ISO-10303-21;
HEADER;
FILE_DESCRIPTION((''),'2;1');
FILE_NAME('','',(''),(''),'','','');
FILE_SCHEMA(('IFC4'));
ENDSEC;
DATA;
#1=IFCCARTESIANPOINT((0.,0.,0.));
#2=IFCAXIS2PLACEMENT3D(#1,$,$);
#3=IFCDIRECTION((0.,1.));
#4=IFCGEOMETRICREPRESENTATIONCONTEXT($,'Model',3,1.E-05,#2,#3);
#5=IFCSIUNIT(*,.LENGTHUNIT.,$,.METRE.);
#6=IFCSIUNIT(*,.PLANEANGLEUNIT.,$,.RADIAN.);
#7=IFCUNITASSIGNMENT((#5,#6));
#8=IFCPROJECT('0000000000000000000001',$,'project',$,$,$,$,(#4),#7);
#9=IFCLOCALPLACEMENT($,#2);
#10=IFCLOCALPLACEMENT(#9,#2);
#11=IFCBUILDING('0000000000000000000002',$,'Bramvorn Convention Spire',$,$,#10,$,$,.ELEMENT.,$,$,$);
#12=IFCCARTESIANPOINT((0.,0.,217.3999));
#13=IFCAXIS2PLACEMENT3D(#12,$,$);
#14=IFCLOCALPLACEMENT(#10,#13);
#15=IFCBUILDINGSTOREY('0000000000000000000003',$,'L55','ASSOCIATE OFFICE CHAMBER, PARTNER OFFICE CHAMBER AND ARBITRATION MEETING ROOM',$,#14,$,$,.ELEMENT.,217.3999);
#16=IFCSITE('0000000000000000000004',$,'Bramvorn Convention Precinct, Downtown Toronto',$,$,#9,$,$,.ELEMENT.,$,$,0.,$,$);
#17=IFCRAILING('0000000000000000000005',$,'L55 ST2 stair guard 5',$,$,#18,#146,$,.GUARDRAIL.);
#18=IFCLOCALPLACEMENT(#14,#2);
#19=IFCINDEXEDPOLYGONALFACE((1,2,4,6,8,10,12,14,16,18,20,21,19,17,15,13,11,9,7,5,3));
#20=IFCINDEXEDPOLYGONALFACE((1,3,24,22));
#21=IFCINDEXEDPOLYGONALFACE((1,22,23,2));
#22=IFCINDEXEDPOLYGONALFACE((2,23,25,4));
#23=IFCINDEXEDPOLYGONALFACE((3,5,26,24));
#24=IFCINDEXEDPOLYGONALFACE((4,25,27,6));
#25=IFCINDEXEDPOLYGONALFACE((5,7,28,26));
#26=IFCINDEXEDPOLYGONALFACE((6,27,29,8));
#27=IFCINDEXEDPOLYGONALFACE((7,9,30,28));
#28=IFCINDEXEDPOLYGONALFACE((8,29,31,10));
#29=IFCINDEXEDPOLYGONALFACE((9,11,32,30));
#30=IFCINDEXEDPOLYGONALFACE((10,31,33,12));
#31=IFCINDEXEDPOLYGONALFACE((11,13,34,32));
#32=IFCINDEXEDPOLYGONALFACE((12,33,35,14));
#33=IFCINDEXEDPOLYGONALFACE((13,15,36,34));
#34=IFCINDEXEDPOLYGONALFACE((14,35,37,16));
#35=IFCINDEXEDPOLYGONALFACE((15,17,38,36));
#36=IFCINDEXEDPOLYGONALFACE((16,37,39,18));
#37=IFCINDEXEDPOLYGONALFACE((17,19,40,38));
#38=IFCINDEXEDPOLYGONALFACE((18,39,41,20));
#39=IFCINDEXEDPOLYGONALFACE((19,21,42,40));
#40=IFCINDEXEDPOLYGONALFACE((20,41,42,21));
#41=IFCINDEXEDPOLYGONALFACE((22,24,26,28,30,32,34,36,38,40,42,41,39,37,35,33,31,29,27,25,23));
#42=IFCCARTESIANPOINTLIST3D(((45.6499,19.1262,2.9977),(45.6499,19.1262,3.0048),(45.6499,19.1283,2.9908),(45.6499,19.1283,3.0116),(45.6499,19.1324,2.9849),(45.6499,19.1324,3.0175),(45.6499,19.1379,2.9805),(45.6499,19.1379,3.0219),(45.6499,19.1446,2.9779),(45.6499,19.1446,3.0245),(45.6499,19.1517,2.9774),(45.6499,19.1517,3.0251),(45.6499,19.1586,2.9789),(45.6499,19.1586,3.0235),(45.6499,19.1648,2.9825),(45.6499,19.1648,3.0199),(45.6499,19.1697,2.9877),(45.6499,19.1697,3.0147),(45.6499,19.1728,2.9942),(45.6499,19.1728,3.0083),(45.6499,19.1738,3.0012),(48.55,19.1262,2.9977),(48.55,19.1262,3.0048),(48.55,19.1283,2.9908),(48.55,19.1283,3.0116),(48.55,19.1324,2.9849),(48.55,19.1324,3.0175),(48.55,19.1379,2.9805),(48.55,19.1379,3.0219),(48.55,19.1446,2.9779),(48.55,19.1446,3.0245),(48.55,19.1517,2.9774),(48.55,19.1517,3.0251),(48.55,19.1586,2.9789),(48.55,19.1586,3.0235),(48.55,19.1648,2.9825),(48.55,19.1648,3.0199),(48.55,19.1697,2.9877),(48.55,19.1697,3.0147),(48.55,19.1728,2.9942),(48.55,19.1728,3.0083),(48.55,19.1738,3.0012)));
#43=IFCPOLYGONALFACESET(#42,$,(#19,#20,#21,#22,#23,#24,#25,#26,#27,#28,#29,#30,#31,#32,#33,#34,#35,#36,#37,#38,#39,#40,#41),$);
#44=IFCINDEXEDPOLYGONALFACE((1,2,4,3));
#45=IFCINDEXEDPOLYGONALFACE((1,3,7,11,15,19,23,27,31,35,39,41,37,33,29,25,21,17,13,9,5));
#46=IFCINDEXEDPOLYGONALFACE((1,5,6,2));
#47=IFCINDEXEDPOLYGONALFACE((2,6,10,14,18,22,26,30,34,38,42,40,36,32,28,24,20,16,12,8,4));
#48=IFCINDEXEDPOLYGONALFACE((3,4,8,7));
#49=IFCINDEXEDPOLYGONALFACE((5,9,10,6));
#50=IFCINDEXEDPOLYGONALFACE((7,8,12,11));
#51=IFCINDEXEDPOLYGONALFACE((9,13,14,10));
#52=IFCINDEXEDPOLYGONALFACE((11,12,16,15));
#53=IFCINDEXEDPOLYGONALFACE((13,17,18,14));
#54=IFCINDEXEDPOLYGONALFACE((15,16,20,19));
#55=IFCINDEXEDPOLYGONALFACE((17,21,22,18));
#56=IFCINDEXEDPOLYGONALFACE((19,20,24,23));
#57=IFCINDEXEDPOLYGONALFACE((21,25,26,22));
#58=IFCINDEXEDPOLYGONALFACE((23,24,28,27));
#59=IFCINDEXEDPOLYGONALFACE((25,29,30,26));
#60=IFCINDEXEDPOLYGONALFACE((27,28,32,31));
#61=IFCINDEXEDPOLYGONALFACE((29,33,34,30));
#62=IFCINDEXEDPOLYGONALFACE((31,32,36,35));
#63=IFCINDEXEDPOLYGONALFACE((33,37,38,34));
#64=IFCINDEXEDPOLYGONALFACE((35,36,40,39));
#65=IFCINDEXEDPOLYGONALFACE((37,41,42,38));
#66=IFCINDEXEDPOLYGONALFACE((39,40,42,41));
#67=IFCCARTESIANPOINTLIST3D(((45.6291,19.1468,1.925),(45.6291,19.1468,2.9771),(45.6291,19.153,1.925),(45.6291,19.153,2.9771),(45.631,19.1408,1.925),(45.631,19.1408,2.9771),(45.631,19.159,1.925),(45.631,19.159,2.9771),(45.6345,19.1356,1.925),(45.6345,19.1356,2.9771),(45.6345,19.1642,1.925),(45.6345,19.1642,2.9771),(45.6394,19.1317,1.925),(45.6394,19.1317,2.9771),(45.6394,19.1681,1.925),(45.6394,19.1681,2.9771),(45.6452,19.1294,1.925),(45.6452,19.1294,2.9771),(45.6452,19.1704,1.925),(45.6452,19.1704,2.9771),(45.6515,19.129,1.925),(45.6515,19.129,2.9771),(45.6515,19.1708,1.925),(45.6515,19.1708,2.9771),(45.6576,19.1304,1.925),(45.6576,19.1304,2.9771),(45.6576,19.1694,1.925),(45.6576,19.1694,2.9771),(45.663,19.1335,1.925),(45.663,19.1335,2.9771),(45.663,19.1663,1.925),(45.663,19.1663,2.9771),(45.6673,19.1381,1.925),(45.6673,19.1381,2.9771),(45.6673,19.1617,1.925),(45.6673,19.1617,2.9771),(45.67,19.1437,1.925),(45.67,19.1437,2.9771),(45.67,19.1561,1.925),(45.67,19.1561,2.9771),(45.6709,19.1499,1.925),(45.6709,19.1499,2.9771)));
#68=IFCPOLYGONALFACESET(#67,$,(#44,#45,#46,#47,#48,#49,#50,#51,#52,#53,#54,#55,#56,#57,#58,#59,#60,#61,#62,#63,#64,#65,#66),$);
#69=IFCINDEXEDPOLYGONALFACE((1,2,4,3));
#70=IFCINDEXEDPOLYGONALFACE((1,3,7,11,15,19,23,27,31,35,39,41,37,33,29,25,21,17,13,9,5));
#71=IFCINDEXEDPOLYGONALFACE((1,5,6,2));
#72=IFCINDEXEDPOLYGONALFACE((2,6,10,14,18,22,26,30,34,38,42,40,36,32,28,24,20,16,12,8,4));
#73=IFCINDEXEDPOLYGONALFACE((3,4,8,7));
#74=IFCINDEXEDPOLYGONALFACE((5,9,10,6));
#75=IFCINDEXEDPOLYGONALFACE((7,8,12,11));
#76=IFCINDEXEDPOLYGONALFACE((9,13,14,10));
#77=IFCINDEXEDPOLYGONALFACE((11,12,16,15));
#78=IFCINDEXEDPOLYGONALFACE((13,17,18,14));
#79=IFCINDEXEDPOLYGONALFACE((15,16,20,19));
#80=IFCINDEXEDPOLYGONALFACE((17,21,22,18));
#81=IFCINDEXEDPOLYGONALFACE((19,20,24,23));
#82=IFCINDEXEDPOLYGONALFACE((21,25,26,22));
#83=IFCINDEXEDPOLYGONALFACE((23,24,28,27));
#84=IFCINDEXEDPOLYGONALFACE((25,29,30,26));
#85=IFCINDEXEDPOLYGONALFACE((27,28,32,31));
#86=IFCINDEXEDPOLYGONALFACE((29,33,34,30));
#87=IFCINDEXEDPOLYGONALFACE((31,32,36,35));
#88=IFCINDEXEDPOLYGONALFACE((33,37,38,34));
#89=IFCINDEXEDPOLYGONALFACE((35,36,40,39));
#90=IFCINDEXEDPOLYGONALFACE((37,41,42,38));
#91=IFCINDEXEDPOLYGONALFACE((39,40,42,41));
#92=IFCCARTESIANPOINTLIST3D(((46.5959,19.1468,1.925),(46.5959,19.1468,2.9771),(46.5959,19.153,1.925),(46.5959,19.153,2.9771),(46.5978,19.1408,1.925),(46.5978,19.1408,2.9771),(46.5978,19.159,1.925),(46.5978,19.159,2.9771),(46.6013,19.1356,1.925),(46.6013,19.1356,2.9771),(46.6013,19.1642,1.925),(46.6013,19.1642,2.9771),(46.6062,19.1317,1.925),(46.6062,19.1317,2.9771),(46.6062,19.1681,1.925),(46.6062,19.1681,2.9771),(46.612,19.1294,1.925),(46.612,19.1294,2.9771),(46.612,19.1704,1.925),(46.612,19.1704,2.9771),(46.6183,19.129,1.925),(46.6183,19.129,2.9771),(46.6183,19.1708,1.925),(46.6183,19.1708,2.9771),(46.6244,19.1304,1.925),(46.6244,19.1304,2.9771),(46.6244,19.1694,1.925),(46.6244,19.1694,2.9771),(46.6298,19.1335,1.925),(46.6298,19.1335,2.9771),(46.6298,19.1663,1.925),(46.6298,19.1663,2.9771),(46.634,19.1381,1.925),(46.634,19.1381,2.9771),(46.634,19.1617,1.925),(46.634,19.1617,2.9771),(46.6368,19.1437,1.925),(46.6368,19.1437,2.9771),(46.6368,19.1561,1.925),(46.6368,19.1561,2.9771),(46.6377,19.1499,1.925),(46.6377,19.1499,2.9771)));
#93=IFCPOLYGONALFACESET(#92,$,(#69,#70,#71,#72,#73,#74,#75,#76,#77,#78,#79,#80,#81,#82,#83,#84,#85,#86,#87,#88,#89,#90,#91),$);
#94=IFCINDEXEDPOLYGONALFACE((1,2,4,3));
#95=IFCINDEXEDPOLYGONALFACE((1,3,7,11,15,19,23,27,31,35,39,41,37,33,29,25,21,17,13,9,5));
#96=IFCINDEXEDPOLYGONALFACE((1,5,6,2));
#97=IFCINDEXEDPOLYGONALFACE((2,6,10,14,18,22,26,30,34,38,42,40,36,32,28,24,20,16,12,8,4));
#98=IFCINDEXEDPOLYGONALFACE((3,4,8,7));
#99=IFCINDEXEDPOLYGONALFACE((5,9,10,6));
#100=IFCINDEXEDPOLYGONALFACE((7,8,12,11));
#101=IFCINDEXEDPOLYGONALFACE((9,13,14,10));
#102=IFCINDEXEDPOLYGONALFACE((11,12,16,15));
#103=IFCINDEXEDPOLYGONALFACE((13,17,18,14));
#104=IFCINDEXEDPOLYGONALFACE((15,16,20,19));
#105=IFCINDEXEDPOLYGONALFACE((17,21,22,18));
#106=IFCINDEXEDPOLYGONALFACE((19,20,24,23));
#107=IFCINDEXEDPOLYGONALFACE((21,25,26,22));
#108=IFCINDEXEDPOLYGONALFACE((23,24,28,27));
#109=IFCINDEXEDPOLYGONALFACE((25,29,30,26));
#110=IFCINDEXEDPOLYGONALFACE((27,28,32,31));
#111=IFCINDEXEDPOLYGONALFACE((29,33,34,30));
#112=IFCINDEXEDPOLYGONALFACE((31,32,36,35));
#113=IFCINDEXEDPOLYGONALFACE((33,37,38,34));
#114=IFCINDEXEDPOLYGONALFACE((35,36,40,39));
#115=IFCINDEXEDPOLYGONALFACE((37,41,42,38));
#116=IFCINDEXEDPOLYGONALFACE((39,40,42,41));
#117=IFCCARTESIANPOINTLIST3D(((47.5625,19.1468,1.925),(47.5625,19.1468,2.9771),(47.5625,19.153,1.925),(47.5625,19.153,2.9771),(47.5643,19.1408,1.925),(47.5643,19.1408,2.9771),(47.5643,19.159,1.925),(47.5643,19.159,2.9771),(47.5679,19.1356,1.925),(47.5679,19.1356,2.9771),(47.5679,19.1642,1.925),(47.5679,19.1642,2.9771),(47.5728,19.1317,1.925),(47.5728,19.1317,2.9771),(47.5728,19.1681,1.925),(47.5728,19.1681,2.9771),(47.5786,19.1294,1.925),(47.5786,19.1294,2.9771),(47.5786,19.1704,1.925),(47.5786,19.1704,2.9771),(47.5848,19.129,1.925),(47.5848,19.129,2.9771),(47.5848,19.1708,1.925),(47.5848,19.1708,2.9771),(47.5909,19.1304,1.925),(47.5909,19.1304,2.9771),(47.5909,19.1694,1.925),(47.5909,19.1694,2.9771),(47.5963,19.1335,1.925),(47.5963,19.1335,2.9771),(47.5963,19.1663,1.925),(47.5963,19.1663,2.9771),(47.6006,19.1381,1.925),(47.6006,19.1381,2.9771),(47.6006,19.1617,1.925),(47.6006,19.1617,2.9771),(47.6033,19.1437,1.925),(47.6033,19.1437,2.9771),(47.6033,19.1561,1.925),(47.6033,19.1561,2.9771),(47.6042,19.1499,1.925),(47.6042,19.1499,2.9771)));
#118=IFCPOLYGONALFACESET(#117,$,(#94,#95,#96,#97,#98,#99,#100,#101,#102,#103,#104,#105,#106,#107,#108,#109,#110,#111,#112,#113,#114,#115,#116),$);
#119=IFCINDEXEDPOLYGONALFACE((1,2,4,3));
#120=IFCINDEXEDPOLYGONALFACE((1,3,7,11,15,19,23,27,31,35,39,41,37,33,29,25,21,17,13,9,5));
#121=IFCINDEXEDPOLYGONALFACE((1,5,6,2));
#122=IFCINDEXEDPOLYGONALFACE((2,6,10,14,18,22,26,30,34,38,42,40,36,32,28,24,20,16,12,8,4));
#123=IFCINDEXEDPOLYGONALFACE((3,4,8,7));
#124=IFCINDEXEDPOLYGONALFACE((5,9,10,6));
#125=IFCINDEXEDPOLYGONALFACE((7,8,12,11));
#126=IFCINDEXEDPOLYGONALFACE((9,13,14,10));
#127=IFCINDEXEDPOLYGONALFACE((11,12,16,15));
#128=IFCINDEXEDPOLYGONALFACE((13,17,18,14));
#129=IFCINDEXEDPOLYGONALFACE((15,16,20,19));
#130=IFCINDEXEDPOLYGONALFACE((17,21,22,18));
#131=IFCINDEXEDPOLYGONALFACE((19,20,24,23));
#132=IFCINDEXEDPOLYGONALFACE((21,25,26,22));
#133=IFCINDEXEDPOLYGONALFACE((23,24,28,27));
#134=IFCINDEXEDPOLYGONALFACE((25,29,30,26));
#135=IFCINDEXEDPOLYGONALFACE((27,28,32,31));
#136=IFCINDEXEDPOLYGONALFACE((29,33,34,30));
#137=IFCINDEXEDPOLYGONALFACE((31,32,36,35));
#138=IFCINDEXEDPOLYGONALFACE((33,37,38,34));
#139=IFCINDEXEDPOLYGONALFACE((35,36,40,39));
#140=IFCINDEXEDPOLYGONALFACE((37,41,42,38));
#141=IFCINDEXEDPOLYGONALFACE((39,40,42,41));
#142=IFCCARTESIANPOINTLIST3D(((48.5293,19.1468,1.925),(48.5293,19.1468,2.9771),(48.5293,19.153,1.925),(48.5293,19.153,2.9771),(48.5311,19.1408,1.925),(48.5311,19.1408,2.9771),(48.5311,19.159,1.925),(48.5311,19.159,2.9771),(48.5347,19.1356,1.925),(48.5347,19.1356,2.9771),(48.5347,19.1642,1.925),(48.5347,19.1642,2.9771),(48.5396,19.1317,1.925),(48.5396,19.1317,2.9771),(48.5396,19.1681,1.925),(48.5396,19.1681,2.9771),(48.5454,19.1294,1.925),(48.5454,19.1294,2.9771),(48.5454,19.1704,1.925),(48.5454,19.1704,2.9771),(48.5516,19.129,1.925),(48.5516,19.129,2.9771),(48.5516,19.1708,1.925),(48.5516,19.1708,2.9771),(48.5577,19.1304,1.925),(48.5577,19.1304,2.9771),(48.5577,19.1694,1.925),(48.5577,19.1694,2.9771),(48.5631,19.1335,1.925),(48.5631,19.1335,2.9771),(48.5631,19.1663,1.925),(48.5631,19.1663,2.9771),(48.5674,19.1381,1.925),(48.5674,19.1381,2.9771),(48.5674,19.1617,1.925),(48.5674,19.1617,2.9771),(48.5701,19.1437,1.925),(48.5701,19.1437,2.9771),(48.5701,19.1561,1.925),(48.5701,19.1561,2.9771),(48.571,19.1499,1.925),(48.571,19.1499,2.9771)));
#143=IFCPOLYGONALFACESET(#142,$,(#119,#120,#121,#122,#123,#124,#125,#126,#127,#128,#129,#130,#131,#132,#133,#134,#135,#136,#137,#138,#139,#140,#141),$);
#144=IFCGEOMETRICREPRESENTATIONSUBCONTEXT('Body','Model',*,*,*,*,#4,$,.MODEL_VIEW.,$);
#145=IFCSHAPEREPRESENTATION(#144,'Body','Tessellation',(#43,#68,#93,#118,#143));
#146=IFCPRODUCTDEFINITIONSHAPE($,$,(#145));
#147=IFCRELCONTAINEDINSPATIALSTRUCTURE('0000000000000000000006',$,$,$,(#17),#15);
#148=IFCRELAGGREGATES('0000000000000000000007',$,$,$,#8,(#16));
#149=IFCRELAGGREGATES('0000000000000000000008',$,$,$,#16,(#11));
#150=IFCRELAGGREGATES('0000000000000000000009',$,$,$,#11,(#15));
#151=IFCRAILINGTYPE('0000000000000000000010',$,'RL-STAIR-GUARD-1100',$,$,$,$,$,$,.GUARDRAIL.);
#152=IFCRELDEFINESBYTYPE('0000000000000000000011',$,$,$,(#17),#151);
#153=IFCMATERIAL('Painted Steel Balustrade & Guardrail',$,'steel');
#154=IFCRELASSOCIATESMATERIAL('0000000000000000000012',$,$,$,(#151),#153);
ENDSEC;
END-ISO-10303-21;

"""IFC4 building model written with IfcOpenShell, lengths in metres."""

from ifc_helpers import new_model, si_unit, direction, frame, origin, origin_2d, place, context, subcontext, project, spatial, circle, extrude, material, type_object, element, save


model = new_model("IFC4")

# Units and contexts
model_context = context("Model", 3, precision=1e-05, world=origin(), true_north=direction((0.0, 1.0)))
body_context = subcontext(model_context, "Body", "Model", "MODEL_VIEW")
ifc_project = project(units=[si_unit("LENGTHUNIT", "METRE"), si_unit("PLANEANGLEUNIT", "RADIAN")], contexts=[model_context])

# Site, building, storey
site_placement = place(None, origin())
site = spatial("IfcSite", under=ifc_project, at=site_placement, Name="Bramvorn Convention Precinct, Downtown Toronto", CompositionType="ELEMENT", RefElevation=0.0)
building_placement = place(site_placement, origin())
building = spatial("IfcBuilding", under=site, at=building_placement, Name="Bramvorn Convention Spire", CompositionType="ELEMENT")
storey_placement = place(building_placement, frame((0.0, 0.0, 217.3999)))
storey = spatial("IfcBuildingStorey", under=building, at=storey_placement, Name="L55", Description="ASSOCIATE OFFICE CHAMBER, PARTNER OFFICE CHAMBER AND ARBITRATION MEETING ROOM", CompositionType="ELEMENT", Elevation=217.3999)

# Railing
ifc_material_1 = material(Name="Painted Steel Balustrade & Guardrail", Category="steel")
railing_type_1 = type_object("IfcRailingType", Name="RL-STAIR-GUARD-1100", PredefinedType="GUARDRAIL", material=ifc_material_1)
railing_1_placement = place(storey_placement, frame((45.6499, 19.1499, 1.925)))
element("IfcRailing", 1, at=railing_1_placement, inside=storey, type_object=railing_type_1, Name="L55 ST2 stair guard 5", PredefinedType="GUARDRAIL", context=body_context, shape_type="SweptSolid", body=[
    extrude(circle(Radius=0.0239, at=origin_2d()), frame((0.0, 0.0, 1.0762), z_axis=(1.0, 0.0, 0.0), x_axis=(0.0, 1.0, 0.0)), (0.0, 0.0, 1.0), 2.9001),
    extrude(circle(Radius=0.021, at=origin_2d()), origin(), (0.0, 0.0, 1.0), 1.052),
    extrude(circle(Radius=0.021, at=origin_2d()), frame((0.9668, 0.0, 0.0)), (0.0, 0.0, 1.0), 1.052),
    extrude(circle(Radius=0.021, at=origin_2d()), frame((1.9333, 0.0, 0.0)), (0.0, 0.0, 1.0), 1.052),
    extrude(circle(Radius=0.021, at=origin_2d()), frame((2.9001, 0.0, 0.0)), (0.0, 0.0, 1.0), 1.052),
])

save(model, "model.ifc")
